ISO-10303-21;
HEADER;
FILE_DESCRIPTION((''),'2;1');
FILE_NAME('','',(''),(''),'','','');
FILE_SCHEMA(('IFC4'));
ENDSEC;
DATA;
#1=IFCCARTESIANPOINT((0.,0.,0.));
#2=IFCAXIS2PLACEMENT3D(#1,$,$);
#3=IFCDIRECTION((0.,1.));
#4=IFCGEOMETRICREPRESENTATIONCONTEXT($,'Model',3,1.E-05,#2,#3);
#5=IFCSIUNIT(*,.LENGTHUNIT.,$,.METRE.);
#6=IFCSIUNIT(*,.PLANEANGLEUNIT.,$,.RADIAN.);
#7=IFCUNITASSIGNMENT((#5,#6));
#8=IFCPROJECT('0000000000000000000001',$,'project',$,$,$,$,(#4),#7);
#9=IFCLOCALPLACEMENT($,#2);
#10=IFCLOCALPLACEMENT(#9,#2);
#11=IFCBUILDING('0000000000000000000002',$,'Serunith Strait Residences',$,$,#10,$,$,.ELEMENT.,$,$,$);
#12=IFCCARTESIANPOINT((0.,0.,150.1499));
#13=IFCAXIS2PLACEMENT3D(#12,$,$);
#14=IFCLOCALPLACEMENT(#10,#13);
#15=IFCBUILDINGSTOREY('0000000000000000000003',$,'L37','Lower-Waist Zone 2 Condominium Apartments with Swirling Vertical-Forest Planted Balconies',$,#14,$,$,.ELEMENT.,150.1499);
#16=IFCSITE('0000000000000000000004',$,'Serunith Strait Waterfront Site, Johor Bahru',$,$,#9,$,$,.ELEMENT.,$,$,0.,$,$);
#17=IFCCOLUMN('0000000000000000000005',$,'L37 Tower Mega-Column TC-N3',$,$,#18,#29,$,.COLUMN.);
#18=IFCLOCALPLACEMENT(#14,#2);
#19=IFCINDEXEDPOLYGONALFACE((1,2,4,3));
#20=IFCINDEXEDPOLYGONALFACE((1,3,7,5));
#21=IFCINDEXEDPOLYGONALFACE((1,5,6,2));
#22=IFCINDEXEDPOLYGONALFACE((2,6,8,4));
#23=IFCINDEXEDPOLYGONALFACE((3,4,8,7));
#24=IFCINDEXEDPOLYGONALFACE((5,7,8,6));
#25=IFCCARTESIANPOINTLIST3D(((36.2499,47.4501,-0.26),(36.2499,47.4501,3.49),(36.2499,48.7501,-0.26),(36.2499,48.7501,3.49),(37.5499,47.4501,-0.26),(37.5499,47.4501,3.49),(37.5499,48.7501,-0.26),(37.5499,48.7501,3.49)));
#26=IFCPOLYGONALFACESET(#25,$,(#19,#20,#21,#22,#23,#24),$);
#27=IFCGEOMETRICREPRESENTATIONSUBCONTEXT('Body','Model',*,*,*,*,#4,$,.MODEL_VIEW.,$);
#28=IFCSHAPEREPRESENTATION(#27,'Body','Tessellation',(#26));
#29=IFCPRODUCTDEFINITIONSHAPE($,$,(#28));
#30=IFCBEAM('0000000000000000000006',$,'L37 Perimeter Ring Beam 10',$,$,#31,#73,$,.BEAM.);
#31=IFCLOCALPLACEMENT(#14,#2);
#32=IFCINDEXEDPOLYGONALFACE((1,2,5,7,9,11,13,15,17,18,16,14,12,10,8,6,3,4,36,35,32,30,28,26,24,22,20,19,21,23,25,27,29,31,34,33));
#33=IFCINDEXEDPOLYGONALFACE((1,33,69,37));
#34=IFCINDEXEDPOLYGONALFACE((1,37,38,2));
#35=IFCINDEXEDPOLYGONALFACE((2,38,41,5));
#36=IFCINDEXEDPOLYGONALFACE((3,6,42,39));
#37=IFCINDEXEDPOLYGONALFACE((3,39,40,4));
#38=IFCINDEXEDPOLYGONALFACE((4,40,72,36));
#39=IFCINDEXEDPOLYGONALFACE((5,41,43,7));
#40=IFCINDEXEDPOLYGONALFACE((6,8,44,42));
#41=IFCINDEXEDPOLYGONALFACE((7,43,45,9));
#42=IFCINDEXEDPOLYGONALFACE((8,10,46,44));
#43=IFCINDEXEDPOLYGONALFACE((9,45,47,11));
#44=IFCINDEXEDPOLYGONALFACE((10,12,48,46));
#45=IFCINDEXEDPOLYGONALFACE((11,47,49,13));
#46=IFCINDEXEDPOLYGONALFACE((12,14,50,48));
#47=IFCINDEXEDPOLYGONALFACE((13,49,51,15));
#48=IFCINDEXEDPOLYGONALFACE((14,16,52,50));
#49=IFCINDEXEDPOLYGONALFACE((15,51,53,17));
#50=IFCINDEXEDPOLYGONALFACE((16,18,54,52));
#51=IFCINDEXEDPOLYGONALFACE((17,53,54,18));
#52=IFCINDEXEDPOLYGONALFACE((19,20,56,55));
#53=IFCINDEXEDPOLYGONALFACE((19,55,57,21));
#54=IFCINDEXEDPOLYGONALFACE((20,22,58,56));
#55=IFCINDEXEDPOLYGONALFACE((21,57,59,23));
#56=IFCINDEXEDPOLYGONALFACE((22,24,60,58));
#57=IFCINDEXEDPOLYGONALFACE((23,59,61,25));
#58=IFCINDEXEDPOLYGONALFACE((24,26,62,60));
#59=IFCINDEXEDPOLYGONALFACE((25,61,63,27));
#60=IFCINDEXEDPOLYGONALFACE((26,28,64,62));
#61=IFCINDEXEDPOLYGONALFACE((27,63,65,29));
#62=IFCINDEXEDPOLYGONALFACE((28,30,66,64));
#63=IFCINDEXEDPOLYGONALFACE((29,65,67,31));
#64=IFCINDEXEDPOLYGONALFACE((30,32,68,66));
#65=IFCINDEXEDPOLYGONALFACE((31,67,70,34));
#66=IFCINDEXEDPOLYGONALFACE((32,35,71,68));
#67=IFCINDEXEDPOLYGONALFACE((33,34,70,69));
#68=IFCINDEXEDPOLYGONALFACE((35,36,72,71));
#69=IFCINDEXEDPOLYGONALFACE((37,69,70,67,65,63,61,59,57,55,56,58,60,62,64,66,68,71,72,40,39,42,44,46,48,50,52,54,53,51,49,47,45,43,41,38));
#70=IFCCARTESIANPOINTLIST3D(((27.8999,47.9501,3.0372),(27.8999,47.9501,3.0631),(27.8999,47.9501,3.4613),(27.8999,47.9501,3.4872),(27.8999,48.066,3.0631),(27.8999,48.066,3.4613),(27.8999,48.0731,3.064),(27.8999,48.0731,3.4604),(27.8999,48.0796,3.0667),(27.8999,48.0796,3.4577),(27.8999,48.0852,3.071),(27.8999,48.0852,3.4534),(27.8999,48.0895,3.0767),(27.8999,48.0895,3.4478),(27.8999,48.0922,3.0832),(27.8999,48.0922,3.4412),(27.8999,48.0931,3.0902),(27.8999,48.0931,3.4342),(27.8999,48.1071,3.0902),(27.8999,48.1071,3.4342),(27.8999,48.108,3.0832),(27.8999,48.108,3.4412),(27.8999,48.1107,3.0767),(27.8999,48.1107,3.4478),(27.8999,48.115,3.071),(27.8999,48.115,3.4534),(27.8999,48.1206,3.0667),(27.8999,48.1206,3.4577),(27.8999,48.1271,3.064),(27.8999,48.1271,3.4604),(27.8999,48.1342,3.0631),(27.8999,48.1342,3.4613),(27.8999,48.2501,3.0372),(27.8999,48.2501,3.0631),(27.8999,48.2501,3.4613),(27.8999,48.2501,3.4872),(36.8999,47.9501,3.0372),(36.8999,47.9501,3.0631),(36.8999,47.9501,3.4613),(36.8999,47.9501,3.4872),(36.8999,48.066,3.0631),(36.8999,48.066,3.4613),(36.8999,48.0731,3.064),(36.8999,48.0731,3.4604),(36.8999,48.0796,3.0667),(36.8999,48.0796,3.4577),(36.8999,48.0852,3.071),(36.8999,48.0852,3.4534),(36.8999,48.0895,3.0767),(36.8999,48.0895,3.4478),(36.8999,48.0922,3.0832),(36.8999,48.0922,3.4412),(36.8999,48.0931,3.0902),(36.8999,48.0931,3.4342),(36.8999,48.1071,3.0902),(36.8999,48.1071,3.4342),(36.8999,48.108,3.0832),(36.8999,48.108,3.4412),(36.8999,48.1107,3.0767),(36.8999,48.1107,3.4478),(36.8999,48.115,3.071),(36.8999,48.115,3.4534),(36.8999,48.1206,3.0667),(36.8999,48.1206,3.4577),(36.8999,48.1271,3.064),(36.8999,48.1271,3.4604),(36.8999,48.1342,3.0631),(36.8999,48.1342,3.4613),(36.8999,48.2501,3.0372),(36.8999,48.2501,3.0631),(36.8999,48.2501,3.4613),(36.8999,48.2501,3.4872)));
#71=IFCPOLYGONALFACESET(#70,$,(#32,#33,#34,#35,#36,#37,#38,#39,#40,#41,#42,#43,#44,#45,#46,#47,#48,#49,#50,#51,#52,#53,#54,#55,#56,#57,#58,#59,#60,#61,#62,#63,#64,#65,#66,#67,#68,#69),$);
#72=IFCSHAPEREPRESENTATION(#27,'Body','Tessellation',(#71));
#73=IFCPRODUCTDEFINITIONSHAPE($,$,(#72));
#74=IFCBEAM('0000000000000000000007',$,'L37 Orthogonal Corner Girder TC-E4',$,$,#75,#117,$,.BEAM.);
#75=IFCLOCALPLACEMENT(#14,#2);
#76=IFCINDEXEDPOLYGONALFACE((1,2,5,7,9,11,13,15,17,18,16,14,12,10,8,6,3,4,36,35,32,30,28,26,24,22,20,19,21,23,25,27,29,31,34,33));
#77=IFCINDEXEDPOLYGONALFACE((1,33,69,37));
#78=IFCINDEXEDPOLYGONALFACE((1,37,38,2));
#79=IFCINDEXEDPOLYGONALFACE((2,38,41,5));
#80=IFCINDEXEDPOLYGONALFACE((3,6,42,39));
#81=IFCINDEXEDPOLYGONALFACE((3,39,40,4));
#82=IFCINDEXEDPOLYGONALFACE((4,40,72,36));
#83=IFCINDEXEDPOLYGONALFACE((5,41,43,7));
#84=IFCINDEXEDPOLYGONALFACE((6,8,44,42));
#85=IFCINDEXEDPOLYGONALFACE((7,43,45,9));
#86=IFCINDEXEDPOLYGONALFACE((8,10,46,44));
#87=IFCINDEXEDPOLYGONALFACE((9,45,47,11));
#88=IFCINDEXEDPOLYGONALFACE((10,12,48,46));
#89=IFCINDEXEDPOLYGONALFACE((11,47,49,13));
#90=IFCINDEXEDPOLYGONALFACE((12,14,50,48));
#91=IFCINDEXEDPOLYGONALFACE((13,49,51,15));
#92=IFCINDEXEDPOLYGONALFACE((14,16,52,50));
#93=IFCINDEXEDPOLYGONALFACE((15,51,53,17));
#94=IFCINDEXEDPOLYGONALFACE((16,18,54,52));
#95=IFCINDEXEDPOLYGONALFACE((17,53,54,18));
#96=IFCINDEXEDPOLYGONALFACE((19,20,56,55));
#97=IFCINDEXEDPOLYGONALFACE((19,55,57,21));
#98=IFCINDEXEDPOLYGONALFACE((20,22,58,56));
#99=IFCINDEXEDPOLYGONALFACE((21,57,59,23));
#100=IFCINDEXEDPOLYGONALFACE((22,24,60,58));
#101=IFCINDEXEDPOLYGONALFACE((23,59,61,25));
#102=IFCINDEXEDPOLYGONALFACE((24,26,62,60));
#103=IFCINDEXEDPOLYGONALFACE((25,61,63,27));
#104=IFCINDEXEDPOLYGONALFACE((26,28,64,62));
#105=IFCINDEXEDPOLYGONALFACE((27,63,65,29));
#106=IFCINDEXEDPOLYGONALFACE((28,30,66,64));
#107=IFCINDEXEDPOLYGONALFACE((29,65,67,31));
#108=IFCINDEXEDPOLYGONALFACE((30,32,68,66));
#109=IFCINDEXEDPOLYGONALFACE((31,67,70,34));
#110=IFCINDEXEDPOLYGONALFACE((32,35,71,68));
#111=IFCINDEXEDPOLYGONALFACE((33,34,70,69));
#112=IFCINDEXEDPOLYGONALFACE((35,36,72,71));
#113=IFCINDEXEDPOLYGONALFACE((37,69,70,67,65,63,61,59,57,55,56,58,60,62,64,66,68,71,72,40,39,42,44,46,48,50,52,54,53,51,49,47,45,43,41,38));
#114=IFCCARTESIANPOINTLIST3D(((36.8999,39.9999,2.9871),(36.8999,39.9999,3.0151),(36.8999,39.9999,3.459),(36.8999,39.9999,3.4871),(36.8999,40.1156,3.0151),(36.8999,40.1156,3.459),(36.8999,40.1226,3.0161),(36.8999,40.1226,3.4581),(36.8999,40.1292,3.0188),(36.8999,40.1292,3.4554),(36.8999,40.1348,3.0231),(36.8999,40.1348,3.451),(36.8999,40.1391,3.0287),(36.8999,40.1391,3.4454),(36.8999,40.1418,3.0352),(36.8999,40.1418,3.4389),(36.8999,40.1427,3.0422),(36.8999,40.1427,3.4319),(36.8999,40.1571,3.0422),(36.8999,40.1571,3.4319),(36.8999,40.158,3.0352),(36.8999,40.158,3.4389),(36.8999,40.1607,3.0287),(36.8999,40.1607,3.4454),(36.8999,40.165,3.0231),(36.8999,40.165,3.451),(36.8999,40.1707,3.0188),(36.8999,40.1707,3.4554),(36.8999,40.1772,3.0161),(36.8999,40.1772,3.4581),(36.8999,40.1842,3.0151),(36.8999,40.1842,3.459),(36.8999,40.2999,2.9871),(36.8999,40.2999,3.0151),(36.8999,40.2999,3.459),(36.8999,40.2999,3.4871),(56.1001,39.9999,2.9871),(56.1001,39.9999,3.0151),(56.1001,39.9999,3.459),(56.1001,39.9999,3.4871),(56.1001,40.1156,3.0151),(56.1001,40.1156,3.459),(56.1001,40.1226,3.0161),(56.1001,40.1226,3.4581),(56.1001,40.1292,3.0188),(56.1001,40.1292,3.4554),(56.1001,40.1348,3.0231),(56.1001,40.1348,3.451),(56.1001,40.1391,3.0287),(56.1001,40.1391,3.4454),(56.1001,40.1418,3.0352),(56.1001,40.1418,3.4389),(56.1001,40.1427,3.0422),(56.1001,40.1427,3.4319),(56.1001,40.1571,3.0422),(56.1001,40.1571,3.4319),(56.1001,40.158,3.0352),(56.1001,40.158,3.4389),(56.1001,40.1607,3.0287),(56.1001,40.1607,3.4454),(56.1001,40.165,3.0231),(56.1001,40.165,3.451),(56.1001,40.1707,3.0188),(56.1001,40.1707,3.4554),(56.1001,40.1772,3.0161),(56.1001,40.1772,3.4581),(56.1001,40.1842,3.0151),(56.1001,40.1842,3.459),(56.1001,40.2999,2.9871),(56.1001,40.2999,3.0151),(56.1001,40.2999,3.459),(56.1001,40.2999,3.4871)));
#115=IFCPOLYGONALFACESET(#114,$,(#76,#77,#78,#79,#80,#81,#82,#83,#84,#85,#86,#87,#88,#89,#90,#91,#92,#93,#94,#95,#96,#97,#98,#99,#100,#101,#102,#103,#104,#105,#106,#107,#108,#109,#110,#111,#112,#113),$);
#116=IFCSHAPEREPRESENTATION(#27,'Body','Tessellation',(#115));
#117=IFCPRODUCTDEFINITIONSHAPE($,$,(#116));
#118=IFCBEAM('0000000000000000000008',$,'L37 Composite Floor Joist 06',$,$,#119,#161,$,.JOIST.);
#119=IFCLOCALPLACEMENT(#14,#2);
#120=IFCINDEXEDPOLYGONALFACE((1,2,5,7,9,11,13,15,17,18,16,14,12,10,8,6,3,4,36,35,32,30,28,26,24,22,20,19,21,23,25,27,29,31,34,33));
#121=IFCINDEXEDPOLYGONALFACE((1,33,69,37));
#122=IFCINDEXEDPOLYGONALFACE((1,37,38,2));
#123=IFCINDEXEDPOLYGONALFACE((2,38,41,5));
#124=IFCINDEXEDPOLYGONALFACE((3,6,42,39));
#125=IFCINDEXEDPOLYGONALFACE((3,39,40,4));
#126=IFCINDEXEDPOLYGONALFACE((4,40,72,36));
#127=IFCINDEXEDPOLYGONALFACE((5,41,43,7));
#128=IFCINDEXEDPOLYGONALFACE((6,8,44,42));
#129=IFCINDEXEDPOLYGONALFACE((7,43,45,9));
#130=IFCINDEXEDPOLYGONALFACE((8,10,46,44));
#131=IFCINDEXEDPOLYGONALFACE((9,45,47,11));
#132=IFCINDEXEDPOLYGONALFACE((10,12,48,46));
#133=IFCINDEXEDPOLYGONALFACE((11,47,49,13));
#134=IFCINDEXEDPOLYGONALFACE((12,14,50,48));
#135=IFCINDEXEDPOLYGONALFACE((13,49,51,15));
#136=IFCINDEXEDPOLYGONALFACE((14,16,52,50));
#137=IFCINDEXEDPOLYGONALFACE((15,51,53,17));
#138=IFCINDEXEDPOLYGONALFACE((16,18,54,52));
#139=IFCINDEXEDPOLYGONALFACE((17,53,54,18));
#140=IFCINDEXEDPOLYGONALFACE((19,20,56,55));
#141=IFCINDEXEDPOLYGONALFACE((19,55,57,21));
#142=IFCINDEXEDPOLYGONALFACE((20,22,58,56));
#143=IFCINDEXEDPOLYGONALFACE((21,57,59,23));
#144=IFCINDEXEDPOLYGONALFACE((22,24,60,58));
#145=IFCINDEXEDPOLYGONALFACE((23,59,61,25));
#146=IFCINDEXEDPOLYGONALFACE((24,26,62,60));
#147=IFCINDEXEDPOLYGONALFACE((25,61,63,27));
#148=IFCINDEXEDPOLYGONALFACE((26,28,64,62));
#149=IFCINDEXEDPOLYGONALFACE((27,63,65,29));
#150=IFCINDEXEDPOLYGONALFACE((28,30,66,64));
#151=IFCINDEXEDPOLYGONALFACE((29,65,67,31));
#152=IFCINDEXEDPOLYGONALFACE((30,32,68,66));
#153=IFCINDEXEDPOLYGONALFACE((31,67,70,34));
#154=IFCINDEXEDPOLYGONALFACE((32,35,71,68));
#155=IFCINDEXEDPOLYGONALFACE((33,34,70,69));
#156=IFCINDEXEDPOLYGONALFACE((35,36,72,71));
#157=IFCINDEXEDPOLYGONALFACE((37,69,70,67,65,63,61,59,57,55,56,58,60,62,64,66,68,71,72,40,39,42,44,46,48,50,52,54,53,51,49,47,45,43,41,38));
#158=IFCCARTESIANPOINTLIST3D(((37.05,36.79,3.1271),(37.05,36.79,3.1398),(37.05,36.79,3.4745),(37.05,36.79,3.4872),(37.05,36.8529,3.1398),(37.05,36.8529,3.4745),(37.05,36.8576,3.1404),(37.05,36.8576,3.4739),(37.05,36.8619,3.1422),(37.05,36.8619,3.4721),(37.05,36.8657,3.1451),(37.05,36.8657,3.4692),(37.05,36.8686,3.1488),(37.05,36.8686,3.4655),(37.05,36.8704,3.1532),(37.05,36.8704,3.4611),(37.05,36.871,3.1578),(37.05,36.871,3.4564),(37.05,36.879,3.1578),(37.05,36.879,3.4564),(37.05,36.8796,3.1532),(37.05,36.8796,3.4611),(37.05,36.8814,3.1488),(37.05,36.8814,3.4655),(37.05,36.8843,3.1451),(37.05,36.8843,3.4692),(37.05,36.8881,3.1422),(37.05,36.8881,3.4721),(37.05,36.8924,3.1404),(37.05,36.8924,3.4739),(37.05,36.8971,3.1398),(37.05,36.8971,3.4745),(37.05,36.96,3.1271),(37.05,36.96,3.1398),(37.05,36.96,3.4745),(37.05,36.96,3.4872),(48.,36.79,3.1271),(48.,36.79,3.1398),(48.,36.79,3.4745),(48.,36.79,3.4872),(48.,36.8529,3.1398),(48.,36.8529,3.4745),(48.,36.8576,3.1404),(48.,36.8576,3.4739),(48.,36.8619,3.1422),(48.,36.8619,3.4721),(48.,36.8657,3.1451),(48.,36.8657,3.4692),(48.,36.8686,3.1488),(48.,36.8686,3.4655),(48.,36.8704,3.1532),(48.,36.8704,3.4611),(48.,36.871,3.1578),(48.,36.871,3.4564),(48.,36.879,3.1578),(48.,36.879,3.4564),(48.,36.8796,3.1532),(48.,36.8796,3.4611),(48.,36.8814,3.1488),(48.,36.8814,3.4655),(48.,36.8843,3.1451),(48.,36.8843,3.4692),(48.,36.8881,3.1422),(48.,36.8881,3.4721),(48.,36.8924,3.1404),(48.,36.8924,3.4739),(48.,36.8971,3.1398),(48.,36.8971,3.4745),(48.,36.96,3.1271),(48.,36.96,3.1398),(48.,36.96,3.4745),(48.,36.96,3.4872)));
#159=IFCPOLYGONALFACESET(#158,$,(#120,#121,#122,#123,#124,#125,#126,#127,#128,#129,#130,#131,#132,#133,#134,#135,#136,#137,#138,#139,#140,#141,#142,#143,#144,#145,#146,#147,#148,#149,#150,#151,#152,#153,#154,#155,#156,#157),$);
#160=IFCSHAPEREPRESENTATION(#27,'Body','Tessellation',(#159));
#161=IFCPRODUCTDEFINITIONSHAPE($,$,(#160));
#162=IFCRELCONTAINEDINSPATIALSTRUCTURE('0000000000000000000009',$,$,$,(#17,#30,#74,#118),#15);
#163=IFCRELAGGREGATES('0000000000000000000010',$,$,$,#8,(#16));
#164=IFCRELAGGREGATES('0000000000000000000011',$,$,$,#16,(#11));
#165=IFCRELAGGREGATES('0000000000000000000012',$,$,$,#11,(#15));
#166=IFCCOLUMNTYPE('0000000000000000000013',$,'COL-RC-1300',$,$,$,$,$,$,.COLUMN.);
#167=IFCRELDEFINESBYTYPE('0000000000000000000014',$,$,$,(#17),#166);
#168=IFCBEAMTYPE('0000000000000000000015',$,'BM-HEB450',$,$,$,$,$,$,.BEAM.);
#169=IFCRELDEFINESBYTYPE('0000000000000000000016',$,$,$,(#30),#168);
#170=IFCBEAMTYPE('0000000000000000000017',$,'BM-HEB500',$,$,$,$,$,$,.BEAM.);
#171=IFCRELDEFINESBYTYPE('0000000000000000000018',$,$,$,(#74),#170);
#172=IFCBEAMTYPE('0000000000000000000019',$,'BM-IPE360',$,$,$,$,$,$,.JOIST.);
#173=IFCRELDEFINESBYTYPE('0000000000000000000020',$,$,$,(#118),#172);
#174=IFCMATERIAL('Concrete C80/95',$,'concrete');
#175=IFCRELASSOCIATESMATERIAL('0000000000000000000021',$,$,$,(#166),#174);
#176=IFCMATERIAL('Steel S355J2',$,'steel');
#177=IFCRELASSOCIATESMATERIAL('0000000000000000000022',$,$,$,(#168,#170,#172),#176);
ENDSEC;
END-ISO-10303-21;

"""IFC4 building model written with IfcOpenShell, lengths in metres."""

from ifc_helpers import new_model, si_unit, direction, frame, origin, origin_2d, place, context, subcontext, project, spatial, rectangle, i_section, extrude, source, transform, mapped, material, material_profile, profile_set, type_object, element, save


model = new_model("IFC4")

# Units and contexts
model_context = context("Model", 3, precision=1e-05, world=origin(), true_north=direction((0.0, 1.0)))
body_context = subcontext(model_context, "Body", "Model", "MODEL_VIEW")
ifc_project = project(units=[si_unit("LENGTHUNIT", "METRE"), si_unit("PLANEANGLEUNIT", "RADIAN")], contexts=[model_context])

# Site, building, storey
site_placement = place(None, origin())
site = spatial("IfcSite", under=ifc_project, at=site_placement, Name="Serunith Strait Waterfront Site, Johor Bahru", CompositionType="ELEMENT", RefElevation=0.0)
building_placement = place(site_placement, origin())
building = spatial("IfcBuilding", under=site, at=building_placement, Name="Serunith Strait Residences", CompositionType="ELEMENT")
storey_placement = place(building_placement, frame((0.0, 0.0, 150.1499)))
storey = spatial("IfcBuildingStorey", under=building, at=storey_placement, Name="L37", Description="Lower-Waist Zone 2 Condominium Apartments with Swirling Vertical-Forest Planted Balconies", CompositionType="ELEMENT", Elevation=150.1499)

# Column
ifc_material_1 = material(Name="Concrete C80/95", Category="concrete")
ifc_material_profile_1 = material_profile(ifc_material_1, rectangle(XDim=1.3, YDim=1.3, at=origin_2d()), Name="RC 1300x1300")
ifc_profile_set_1 = profile_set([ifc_material_profile_1], Name="Concrete C80/95")
column_type = type_object("IfcColumnType", Name="COL-RC-1300", PredefinedType="COLUMN", material=ifc_profile_set_1)
shared_shape_1 = source(origin(), body_context, "Body", "SweptSolid", [
    extrude(rectangle(XDim=1.3, YDim=1.3, at=origin_2d()), origin(), (0.0, 0.0, 1.0), 3.75),
])
column_placement = place(storey_placement, frame((36.8999, 48.1001, -0.26), z_axis=(0.0, 0.0, 1.0), x_axis=(1.0, 0.0, 0.0)))
element("IfcColumn", 1, at=column_placement, inside=storey, type_object=column_type, Name="L37 Tower Mega-Column TC-N3", PredefinedType="COLUMN", context=body_context, shape_type="MappedRepresentation", body=[
    mapped(shared_shape_1, transform((0.0, 0.0, 0.0), scale=1.0)),
])

# Beams
ifc_material_2 = material(Name="Steel S355J2", Category="steel")
ifc_material_profile_2 = material_profile(ifc_material_2, i_section(OverallWidth=0.3, OverallDepth=0.45, WebThickness=0.0139, FlangeThickness=0.0259, FilletRadius=0.0271, at=origin_2d()), Name="HEB 450")
ifc_profile_set_2 = profile_set([ifc_material_profile_2], Name="Steel S355J2")
beam_type_1 = type_object("IfcBeamType", Name="BM-HEB450", PredefinedType="BEAM", material=ifc_profile_set_2)
shared_shape_2 = source(origin(), body_context, "Body", "SweptSolid", [
    extrude(i_section(OverallWidth=0.3, OverallDepth=0.45, WebThickness=0.0139, FlangeThickness=0.0259, FilletRadius=0.0271, at=origin_2d()), origin(), (0.0, 0.0, 1.0), 9.0),
])
beam_1_placement = place(storey_placement, frame((36.8999, 48.1001, 3.2622), z_axis=(-1.0, 0.0, 0.0), x_axis=(0.0, -1.0, 0.0)))
element("IfcBeam", 2, at=beam_1_placement, inside=storey, type_object=beam_type_1, Name="L37 Perimeter Ring Beam 10", PredefinedType="BEAM", context=body_context, shape_type="MappedRepresentation", body=[
    mapped(shared_shape_2, transform((0.0, 0.0, 0.0), scale=1.0)),
])
ifc_material_profile_3 = material_profile(ifc_material_2, i_section(OverallWidth=0.3, OverallDepth=0.5, WebThickness=0.0144, FlangeThickness=0.0281, FilletRadius=0.0271, at=origin_2d()), Name="HEB 500")
ifc_profile_set_3 = profile_set([ifc_material_profile_3], Name="Steel S355J2")
beam_type_2 = type_object("IfcBeamType", Name="BM-HEB500", PredefinedType="BEAM", material=ifc_profile_set_3)
shared_shape_3 = source(origin(), body_context, "Body", "SweptSolid", [
    extrude(i_section(OverallWidth=0.3, OverallDepth=0.5, WebThickness=0.0144, FlangeThickness=0.0281, FilletRadius=0.0271, at=origin_2d()), origin(), (0.0, 0.0, 1.0), 19.2002),
])
beam_2_placement = place(storey_placement, frame((36.8999, 40.1499, 3.2371), z_axis=(1.0, 0.0, 0.0), x_axis=(0.0, 1.0, 0.0)))
element("IfcBeam", 3, at=beam_2_placement, inside=storey, type_object=beam_type_2, Name="L37 Orthogonal Corner Girder TC-E4", PredefinedType="BEAM", context=body_context, shape_type="MappedRepresentation", body=[
    mapped(shared_shape_3, transform((0.0, 0.0, 0.0), scale=1.0)),
])
ifc_material_profile_4 = material_profile(ifc_material_2, i_section(OverallWidth=0.1699, OverallDepth=0.3601, WebThickness=0.0081, FlangeThickness=0.0127, FilletRadius=0.0181, at=origin_2d()), Name="IPE 360")
ifc_profile_set_4 = profile_set([ifc_material_profile_4], Name="Steel S355J2")
beam_type_3 = type_object("IfcBeamType", Name="BM-IPE360", PredefinedType="JOIST", material=ifc_profile_set_4)
shared_shape_4 = source(origin(), body_context, "Body", "SweptSolid", [
    extrude(i_section(OverallWidth=0.1699, OverallDepth=0.3601, WebThickness=0.0081, FlangeThickness=0.0127, FilletRadius=0.0181, at=origin_2d()), origin(), (0.0, 0.0, 1.0), 10.95),
])
beam_3_placement = place(storey_placement, frame((37.05, 36.875, 3.3071), z_axis=(1.0, 0.0, 0.0), x_axis=(0.0, 1.0, 0.0)))
element("IfcBeam", 4, at=beam_3_placement, inside=storey, type_object=beam_type_3, Name="L37 Composite Floor Joist 06", PredefinedType="JOIST", context=body_context, shape_type="MappedRepresentation", body=[
    mapped(shared_shape_4, transform((0.0, 0.0, 0.0), scale=1.0)),
])

save(model, "model.ifc")
